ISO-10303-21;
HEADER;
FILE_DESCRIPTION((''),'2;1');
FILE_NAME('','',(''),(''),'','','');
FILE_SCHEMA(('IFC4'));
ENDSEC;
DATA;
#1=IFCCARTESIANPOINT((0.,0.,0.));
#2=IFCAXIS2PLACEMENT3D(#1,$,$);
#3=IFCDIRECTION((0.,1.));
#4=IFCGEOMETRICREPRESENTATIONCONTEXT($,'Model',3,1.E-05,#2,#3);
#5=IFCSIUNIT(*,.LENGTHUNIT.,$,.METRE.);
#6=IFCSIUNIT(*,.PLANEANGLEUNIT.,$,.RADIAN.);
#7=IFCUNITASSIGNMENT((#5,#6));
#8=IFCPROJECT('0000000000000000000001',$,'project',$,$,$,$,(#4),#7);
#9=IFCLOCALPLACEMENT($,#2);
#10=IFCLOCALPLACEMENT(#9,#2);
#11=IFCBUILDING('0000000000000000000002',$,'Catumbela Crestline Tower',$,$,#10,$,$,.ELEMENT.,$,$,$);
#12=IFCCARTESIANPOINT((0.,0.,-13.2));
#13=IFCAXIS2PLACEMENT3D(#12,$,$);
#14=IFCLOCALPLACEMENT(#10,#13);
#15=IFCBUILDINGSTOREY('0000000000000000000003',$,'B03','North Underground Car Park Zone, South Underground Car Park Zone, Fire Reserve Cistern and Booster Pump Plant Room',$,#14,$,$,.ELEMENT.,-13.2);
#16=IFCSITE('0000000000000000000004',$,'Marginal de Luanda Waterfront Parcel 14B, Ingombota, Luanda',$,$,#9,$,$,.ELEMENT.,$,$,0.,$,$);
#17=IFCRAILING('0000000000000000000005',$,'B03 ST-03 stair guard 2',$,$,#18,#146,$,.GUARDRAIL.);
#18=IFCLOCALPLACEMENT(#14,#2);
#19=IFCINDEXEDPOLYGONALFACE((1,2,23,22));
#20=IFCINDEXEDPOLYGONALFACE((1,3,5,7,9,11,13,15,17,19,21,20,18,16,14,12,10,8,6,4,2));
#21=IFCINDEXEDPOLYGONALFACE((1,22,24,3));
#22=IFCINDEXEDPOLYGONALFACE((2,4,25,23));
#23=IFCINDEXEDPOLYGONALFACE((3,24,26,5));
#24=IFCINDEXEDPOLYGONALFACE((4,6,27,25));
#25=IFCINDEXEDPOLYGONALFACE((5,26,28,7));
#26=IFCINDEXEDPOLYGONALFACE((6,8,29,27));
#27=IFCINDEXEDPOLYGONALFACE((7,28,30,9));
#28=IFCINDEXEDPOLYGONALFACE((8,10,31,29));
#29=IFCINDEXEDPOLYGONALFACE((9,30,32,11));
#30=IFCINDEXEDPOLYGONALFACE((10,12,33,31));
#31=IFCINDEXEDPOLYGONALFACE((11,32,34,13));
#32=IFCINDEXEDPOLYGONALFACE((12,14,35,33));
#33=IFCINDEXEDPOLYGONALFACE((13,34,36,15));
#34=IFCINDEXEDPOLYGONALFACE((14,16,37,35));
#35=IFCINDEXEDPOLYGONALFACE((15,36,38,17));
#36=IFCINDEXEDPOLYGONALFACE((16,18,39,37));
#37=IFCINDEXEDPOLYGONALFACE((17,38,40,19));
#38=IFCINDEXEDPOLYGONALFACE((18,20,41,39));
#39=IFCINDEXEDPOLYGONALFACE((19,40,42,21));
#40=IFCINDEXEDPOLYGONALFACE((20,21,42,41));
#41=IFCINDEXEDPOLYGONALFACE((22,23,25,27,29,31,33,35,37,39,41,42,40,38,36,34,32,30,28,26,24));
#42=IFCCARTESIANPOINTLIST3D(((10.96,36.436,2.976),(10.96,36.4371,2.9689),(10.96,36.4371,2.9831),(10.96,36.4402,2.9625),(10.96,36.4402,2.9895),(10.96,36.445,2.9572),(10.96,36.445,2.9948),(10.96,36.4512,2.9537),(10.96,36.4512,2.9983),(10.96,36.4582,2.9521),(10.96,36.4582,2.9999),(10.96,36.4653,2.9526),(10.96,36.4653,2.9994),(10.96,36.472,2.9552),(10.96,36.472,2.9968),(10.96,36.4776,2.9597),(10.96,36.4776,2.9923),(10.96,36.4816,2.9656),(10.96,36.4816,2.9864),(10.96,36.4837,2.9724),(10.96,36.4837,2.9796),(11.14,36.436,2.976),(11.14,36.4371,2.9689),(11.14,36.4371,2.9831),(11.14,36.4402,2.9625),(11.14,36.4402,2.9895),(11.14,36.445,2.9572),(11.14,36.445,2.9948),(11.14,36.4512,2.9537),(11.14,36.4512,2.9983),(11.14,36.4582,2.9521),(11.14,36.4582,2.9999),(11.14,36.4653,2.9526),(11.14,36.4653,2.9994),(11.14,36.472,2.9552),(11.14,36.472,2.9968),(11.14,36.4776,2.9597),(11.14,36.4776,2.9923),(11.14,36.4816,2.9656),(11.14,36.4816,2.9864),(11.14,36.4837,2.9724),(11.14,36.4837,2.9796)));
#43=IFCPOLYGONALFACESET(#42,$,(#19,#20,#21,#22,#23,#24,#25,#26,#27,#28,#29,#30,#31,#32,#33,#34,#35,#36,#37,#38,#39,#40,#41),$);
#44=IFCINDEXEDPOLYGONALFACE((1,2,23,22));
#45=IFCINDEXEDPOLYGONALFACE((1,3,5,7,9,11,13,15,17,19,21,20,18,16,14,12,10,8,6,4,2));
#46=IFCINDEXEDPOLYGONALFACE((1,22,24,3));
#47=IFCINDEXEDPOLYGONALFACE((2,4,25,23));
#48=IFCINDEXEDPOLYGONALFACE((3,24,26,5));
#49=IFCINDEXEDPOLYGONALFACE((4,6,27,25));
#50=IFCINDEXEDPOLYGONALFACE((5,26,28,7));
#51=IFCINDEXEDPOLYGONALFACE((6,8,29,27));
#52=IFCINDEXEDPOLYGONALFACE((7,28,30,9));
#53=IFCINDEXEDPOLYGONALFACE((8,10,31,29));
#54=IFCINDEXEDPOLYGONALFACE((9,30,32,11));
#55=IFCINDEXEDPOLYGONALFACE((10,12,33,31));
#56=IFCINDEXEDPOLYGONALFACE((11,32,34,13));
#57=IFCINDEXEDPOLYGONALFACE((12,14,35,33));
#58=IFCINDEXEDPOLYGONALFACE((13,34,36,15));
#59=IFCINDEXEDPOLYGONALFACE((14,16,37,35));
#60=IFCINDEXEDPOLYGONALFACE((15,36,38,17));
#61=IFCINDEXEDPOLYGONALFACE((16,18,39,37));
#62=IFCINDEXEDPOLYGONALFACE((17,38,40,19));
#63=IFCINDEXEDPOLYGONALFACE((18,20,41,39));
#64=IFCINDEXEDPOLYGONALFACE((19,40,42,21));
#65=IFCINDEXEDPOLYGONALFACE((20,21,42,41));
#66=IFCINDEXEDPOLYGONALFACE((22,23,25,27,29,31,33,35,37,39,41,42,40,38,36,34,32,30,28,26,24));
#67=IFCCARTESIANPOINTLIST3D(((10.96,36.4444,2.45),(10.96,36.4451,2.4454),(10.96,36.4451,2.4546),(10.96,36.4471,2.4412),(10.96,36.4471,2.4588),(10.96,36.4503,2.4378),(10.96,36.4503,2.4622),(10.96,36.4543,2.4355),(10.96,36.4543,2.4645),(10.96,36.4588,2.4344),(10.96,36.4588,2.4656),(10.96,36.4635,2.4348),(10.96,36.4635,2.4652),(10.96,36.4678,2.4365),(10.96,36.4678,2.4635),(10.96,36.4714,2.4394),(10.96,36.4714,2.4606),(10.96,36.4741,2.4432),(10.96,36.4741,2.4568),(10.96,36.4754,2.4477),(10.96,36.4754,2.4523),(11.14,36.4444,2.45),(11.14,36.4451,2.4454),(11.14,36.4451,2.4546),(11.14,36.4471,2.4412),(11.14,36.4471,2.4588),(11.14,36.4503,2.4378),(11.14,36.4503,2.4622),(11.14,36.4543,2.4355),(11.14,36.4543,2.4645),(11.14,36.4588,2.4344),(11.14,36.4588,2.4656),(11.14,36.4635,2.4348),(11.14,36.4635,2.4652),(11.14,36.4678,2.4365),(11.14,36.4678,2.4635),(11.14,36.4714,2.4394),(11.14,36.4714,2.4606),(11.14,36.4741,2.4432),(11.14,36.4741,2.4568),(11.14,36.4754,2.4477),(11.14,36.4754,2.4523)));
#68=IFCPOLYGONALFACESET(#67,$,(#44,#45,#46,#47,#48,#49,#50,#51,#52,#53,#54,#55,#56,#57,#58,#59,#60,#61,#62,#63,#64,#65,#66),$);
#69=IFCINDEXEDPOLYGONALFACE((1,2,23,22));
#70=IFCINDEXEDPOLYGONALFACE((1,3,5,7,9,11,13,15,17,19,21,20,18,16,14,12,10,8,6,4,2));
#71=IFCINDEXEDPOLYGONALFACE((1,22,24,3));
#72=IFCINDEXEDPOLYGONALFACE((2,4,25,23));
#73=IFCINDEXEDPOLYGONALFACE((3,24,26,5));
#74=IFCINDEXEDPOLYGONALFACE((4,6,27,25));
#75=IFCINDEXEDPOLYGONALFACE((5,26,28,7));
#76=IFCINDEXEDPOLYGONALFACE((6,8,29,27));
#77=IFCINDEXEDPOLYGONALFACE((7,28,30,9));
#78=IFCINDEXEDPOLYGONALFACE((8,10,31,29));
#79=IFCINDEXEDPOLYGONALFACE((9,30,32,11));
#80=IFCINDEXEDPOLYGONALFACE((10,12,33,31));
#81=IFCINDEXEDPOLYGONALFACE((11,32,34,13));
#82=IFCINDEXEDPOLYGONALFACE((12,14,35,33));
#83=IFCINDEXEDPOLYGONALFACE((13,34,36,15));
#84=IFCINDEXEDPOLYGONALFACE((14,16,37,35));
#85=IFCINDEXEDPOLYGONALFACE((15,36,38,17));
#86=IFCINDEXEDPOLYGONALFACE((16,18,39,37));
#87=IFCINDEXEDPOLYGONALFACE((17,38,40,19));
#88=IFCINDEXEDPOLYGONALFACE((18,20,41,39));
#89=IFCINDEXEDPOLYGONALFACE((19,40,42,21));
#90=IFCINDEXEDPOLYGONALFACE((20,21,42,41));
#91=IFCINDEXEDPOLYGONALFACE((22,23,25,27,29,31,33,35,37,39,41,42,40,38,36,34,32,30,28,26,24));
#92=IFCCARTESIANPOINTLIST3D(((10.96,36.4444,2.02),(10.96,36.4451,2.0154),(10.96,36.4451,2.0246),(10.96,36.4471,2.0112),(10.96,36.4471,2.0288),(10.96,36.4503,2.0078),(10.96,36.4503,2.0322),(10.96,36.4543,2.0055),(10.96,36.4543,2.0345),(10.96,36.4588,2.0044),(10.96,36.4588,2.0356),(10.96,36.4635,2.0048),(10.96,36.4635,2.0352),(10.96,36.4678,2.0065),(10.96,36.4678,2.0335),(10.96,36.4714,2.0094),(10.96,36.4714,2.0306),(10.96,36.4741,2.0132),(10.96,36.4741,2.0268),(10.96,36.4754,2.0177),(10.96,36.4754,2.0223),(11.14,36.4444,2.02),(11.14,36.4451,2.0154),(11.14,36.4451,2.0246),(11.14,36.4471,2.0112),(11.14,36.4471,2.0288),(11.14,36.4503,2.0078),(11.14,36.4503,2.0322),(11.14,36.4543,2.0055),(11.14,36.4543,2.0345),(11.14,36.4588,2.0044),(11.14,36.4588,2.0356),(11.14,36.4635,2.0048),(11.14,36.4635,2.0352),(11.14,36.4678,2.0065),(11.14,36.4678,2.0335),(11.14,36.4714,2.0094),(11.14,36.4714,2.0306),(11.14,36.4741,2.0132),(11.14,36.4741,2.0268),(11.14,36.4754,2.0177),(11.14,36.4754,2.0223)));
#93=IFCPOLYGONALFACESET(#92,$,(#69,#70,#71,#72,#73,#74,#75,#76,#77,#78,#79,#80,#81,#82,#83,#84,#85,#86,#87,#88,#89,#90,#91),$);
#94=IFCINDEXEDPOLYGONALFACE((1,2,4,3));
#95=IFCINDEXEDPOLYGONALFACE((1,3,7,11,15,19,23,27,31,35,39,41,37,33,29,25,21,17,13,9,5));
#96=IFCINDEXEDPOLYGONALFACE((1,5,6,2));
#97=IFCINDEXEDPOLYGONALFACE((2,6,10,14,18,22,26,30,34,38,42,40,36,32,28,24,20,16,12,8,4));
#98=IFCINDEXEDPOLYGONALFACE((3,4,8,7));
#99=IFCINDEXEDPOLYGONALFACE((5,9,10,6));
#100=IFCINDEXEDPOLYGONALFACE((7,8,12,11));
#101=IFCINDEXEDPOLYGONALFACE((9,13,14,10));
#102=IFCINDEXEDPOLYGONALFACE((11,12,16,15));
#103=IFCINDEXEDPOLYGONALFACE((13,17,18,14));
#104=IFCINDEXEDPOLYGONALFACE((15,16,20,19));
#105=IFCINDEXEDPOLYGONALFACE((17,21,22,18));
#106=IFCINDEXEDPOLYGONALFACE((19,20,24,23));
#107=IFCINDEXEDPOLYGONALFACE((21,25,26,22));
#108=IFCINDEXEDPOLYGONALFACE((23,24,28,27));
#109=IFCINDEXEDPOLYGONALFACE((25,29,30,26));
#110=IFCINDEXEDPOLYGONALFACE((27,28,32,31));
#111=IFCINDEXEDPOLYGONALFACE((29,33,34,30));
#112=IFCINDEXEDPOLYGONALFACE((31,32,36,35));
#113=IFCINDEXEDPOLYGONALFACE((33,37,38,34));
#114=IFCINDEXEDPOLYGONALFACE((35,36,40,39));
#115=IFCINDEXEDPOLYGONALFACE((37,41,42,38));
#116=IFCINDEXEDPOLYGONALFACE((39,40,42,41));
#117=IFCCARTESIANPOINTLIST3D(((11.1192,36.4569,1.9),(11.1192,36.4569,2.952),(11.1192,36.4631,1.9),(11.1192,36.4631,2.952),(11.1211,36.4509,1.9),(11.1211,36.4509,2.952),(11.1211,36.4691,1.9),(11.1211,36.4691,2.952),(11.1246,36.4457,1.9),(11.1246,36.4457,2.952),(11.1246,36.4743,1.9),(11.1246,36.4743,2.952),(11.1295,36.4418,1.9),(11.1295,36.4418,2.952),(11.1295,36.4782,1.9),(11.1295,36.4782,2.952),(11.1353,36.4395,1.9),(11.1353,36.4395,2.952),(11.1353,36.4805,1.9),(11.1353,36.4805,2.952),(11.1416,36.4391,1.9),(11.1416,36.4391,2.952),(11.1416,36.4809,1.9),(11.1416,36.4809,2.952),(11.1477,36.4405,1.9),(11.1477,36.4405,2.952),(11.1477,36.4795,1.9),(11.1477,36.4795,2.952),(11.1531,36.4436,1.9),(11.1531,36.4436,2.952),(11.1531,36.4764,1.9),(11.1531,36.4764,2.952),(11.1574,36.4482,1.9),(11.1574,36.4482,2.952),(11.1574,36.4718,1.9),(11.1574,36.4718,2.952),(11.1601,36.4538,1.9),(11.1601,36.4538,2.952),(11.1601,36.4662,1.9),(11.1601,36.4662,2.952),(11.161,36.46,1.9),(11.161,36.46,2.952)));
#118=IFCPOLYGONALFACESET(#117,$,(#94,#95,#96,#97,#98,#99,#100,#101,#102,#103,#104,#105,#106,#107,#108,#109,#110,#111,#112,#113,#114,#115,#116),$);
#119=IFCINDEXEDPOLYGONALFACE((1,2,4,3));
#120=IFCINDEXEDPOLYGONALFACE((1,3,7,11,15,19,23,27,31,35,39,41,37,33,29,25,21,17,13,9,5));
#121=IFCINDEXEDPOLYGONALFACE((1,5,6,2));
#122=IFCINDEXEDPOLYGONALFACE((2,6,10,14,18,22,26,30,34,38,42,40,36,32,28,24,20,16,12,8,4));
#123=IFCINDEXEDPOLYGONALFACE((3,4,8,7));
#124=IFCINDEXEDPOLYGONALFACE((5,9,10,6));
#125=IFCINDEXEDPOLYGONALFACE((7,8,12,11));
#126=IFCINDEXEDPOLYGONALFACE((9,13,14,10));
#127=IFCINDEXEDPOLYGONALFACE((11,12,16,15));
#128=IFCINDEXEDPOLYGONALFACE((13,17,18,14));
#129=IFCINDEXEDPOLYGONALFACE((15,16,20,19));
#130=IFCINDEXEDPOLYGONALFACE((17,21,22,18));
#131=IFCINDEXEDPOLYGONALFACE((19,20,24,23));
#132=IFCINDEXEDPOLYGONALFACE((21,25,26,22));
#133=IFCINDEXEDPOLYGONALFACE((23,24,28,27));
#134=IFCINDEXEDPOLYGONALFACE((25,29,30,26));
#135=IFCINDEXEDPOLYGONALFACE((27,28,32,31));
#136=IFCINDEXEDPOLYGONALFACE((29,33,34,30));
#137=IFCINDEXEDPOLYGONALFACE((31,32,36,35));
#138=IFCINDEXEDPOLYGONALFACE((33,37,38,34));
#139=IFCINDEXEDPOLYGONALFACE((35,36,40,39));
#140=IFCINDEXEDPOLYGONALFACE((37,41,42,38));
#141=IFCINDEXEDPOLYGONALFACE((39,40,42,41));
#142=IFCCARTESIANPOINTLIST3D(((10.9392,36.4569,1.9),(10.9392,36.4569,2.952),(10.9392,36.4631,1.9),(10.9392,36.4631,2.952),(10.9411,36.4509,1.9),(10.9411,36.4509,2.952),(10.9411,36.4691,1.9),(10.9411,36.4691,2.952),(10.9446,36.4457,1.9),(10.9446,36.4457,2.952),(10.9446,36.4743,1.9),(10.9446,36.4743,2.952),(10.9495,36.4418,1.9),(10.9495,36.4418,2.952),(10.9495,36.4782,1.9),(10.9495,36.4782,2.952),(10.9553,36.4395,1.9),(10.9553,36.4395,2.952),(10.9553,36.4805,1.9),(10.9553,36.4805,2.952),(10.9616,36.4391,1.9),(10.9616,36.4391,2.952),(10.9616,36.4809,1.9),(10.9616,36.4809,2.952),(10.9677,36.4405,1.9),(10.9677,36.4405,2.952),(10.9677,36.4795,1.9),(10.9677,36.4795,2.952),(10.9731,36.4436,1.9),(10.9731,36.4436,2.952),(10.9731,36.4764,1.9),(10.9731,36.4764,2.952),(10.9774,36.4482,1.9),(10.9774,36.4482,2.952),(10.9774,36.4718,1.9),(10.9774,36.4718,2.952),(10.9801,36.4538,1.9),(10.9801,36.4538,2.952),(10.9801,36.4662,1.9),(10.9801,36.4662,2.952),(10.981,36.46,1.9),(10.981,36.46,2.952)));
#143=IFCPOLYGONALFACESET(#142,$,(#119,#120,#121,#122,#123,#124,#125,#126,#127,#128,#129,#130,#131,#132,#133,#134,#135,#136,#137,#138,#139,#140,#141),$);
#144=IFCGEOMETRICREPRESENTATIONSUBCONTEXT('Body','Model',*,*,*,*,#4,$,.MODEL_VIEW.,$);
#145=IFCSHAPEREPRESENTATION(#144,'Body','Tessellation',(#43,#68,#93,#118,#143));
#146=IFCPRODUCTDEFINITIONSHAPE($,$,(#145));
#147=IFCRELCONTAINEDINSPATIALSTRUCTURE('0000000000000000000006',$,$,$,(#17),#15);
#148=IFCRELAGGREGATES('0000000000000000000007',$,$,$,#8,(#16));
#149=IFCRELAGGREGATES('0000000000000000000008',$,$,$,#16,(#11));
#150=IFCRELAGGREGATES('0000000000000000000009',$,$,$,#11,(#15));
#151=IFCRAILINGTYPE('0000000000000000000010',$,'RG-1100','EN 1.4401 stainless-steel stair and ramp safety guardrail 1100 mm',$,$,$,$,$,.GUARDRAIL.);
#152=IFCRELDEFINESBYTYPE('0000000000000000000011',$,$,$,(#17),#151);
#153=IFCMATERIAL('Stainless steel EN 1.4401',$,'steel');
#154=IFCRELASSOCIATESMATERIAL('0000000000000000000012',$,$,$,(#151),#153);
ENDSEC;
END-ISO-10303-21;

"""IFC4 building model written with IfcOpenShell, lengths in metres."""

from ifc_helpers import new_model, si_unit, direction, frame, origin, origin_2d, place, context, subcontext, project, spatial, circle, extrude, material, type_object, element, save


model = new_model("IFC4")

# Units and contexts
model_context = context("Model", 3, precision=1e-05, world=origin(), true_north=direction((0.0, 1.0)))
body_context = subcontext(model_context, "Body", "Model", "MODEL_VIEW")
ifc_project = project(units=[si_unit("LENGTHUNIT", "METRE"), si_unit("PLANEANGLEUNIT", "RADIAN")], contexts=[model_context])

# Site, building, storey
site_placement = place(None, origin())
site = spatial("IfcSite", under=ifc_project, at=site_placement, Name="Marginal de Luanda Waterfront Parcel 14B, Ingombota, Luanda", CompositionType="ELEMENT", RefElevation=0.0)
building_placement = place(site_placement, origin())
building = spatial("IfcBuilding", under=site, at=building_placement, Name="Catumbela Crestline Tower", CompositionType="ELEMENT")
storey_placement = place(building_placement, frame((0.0, 0.0, -13.2)))
storey = spatial("IfcBuildingStorey", under=building, at=storey_placement, Name="B03", Description="North Underground Car Park Zone, South Underground Car Park Zone, Fire Reserve Cistern and Booster Pump Plant Room", CompositionType="ELEMENT", Elevation=-13.2)

# Shared definitions
ifc_material_1 = material(Name="Stainless steel EN 1.4401", Category="steel")

# Railing
railing_type_1 = type_object("IfcRailingType", Name="RG-1100", Description="EN 1.4401 stainless-steel stair and ramp safety guardrail 1100 mm", PredefinedType="GUARDRAIL", material=ifc_material_1)
railing_1_placement = place(storey_placement, frame((11.14, 36.46, 1.9)))
element("IfcRailing", 1, at=railing_1_placement, inside=storey, type_object=railing_type_1, Name="B03 ST-03 stair guard 2", PredefinedType="GUARDRAIL", context=body_context, shape_type="SweptSolid", body=[
    extrude(circle(Radius=0.024, at=origin_2d()), frame((0.0, 0.0, 1.076), z_axis=(-1.0, 0.0, 0.0), x_axis=(0.0, -1.0, 0.0)), (0.0, 0.0, 1.0), 0.18),
    extrude(circle(Radius=0.0156, at=origin_2d()), frame((0.0, 0.0, 0.55), z_axis=(-1.0, 0.0, 0.0), x_axis=(0.0, -1.0, 0.0)), (0.0, 0.0, 1.0), 0.18),
    extrude(circle(Radius=0.0156, at=origin_2d()), frame((0.0, 0.0, 0.12), z_axis=(-1.0, 0.0, 0.0), x_axis=(0.0, -1.0, 0.0)), (0.0, 0.0, 1.0), 0.18),
    extrude(circle(Radius=0.021, at=origin_2d()), origin(), (0.0, 0.0, 1.0), 1.052),
    extrude(circle(Radius=0.021, at=origin_2d()), frame((-0.18, 0.0, 0.0)), (0.0, 0.0, 1.0), 1.052),
])

save(model, "model.ifc")
